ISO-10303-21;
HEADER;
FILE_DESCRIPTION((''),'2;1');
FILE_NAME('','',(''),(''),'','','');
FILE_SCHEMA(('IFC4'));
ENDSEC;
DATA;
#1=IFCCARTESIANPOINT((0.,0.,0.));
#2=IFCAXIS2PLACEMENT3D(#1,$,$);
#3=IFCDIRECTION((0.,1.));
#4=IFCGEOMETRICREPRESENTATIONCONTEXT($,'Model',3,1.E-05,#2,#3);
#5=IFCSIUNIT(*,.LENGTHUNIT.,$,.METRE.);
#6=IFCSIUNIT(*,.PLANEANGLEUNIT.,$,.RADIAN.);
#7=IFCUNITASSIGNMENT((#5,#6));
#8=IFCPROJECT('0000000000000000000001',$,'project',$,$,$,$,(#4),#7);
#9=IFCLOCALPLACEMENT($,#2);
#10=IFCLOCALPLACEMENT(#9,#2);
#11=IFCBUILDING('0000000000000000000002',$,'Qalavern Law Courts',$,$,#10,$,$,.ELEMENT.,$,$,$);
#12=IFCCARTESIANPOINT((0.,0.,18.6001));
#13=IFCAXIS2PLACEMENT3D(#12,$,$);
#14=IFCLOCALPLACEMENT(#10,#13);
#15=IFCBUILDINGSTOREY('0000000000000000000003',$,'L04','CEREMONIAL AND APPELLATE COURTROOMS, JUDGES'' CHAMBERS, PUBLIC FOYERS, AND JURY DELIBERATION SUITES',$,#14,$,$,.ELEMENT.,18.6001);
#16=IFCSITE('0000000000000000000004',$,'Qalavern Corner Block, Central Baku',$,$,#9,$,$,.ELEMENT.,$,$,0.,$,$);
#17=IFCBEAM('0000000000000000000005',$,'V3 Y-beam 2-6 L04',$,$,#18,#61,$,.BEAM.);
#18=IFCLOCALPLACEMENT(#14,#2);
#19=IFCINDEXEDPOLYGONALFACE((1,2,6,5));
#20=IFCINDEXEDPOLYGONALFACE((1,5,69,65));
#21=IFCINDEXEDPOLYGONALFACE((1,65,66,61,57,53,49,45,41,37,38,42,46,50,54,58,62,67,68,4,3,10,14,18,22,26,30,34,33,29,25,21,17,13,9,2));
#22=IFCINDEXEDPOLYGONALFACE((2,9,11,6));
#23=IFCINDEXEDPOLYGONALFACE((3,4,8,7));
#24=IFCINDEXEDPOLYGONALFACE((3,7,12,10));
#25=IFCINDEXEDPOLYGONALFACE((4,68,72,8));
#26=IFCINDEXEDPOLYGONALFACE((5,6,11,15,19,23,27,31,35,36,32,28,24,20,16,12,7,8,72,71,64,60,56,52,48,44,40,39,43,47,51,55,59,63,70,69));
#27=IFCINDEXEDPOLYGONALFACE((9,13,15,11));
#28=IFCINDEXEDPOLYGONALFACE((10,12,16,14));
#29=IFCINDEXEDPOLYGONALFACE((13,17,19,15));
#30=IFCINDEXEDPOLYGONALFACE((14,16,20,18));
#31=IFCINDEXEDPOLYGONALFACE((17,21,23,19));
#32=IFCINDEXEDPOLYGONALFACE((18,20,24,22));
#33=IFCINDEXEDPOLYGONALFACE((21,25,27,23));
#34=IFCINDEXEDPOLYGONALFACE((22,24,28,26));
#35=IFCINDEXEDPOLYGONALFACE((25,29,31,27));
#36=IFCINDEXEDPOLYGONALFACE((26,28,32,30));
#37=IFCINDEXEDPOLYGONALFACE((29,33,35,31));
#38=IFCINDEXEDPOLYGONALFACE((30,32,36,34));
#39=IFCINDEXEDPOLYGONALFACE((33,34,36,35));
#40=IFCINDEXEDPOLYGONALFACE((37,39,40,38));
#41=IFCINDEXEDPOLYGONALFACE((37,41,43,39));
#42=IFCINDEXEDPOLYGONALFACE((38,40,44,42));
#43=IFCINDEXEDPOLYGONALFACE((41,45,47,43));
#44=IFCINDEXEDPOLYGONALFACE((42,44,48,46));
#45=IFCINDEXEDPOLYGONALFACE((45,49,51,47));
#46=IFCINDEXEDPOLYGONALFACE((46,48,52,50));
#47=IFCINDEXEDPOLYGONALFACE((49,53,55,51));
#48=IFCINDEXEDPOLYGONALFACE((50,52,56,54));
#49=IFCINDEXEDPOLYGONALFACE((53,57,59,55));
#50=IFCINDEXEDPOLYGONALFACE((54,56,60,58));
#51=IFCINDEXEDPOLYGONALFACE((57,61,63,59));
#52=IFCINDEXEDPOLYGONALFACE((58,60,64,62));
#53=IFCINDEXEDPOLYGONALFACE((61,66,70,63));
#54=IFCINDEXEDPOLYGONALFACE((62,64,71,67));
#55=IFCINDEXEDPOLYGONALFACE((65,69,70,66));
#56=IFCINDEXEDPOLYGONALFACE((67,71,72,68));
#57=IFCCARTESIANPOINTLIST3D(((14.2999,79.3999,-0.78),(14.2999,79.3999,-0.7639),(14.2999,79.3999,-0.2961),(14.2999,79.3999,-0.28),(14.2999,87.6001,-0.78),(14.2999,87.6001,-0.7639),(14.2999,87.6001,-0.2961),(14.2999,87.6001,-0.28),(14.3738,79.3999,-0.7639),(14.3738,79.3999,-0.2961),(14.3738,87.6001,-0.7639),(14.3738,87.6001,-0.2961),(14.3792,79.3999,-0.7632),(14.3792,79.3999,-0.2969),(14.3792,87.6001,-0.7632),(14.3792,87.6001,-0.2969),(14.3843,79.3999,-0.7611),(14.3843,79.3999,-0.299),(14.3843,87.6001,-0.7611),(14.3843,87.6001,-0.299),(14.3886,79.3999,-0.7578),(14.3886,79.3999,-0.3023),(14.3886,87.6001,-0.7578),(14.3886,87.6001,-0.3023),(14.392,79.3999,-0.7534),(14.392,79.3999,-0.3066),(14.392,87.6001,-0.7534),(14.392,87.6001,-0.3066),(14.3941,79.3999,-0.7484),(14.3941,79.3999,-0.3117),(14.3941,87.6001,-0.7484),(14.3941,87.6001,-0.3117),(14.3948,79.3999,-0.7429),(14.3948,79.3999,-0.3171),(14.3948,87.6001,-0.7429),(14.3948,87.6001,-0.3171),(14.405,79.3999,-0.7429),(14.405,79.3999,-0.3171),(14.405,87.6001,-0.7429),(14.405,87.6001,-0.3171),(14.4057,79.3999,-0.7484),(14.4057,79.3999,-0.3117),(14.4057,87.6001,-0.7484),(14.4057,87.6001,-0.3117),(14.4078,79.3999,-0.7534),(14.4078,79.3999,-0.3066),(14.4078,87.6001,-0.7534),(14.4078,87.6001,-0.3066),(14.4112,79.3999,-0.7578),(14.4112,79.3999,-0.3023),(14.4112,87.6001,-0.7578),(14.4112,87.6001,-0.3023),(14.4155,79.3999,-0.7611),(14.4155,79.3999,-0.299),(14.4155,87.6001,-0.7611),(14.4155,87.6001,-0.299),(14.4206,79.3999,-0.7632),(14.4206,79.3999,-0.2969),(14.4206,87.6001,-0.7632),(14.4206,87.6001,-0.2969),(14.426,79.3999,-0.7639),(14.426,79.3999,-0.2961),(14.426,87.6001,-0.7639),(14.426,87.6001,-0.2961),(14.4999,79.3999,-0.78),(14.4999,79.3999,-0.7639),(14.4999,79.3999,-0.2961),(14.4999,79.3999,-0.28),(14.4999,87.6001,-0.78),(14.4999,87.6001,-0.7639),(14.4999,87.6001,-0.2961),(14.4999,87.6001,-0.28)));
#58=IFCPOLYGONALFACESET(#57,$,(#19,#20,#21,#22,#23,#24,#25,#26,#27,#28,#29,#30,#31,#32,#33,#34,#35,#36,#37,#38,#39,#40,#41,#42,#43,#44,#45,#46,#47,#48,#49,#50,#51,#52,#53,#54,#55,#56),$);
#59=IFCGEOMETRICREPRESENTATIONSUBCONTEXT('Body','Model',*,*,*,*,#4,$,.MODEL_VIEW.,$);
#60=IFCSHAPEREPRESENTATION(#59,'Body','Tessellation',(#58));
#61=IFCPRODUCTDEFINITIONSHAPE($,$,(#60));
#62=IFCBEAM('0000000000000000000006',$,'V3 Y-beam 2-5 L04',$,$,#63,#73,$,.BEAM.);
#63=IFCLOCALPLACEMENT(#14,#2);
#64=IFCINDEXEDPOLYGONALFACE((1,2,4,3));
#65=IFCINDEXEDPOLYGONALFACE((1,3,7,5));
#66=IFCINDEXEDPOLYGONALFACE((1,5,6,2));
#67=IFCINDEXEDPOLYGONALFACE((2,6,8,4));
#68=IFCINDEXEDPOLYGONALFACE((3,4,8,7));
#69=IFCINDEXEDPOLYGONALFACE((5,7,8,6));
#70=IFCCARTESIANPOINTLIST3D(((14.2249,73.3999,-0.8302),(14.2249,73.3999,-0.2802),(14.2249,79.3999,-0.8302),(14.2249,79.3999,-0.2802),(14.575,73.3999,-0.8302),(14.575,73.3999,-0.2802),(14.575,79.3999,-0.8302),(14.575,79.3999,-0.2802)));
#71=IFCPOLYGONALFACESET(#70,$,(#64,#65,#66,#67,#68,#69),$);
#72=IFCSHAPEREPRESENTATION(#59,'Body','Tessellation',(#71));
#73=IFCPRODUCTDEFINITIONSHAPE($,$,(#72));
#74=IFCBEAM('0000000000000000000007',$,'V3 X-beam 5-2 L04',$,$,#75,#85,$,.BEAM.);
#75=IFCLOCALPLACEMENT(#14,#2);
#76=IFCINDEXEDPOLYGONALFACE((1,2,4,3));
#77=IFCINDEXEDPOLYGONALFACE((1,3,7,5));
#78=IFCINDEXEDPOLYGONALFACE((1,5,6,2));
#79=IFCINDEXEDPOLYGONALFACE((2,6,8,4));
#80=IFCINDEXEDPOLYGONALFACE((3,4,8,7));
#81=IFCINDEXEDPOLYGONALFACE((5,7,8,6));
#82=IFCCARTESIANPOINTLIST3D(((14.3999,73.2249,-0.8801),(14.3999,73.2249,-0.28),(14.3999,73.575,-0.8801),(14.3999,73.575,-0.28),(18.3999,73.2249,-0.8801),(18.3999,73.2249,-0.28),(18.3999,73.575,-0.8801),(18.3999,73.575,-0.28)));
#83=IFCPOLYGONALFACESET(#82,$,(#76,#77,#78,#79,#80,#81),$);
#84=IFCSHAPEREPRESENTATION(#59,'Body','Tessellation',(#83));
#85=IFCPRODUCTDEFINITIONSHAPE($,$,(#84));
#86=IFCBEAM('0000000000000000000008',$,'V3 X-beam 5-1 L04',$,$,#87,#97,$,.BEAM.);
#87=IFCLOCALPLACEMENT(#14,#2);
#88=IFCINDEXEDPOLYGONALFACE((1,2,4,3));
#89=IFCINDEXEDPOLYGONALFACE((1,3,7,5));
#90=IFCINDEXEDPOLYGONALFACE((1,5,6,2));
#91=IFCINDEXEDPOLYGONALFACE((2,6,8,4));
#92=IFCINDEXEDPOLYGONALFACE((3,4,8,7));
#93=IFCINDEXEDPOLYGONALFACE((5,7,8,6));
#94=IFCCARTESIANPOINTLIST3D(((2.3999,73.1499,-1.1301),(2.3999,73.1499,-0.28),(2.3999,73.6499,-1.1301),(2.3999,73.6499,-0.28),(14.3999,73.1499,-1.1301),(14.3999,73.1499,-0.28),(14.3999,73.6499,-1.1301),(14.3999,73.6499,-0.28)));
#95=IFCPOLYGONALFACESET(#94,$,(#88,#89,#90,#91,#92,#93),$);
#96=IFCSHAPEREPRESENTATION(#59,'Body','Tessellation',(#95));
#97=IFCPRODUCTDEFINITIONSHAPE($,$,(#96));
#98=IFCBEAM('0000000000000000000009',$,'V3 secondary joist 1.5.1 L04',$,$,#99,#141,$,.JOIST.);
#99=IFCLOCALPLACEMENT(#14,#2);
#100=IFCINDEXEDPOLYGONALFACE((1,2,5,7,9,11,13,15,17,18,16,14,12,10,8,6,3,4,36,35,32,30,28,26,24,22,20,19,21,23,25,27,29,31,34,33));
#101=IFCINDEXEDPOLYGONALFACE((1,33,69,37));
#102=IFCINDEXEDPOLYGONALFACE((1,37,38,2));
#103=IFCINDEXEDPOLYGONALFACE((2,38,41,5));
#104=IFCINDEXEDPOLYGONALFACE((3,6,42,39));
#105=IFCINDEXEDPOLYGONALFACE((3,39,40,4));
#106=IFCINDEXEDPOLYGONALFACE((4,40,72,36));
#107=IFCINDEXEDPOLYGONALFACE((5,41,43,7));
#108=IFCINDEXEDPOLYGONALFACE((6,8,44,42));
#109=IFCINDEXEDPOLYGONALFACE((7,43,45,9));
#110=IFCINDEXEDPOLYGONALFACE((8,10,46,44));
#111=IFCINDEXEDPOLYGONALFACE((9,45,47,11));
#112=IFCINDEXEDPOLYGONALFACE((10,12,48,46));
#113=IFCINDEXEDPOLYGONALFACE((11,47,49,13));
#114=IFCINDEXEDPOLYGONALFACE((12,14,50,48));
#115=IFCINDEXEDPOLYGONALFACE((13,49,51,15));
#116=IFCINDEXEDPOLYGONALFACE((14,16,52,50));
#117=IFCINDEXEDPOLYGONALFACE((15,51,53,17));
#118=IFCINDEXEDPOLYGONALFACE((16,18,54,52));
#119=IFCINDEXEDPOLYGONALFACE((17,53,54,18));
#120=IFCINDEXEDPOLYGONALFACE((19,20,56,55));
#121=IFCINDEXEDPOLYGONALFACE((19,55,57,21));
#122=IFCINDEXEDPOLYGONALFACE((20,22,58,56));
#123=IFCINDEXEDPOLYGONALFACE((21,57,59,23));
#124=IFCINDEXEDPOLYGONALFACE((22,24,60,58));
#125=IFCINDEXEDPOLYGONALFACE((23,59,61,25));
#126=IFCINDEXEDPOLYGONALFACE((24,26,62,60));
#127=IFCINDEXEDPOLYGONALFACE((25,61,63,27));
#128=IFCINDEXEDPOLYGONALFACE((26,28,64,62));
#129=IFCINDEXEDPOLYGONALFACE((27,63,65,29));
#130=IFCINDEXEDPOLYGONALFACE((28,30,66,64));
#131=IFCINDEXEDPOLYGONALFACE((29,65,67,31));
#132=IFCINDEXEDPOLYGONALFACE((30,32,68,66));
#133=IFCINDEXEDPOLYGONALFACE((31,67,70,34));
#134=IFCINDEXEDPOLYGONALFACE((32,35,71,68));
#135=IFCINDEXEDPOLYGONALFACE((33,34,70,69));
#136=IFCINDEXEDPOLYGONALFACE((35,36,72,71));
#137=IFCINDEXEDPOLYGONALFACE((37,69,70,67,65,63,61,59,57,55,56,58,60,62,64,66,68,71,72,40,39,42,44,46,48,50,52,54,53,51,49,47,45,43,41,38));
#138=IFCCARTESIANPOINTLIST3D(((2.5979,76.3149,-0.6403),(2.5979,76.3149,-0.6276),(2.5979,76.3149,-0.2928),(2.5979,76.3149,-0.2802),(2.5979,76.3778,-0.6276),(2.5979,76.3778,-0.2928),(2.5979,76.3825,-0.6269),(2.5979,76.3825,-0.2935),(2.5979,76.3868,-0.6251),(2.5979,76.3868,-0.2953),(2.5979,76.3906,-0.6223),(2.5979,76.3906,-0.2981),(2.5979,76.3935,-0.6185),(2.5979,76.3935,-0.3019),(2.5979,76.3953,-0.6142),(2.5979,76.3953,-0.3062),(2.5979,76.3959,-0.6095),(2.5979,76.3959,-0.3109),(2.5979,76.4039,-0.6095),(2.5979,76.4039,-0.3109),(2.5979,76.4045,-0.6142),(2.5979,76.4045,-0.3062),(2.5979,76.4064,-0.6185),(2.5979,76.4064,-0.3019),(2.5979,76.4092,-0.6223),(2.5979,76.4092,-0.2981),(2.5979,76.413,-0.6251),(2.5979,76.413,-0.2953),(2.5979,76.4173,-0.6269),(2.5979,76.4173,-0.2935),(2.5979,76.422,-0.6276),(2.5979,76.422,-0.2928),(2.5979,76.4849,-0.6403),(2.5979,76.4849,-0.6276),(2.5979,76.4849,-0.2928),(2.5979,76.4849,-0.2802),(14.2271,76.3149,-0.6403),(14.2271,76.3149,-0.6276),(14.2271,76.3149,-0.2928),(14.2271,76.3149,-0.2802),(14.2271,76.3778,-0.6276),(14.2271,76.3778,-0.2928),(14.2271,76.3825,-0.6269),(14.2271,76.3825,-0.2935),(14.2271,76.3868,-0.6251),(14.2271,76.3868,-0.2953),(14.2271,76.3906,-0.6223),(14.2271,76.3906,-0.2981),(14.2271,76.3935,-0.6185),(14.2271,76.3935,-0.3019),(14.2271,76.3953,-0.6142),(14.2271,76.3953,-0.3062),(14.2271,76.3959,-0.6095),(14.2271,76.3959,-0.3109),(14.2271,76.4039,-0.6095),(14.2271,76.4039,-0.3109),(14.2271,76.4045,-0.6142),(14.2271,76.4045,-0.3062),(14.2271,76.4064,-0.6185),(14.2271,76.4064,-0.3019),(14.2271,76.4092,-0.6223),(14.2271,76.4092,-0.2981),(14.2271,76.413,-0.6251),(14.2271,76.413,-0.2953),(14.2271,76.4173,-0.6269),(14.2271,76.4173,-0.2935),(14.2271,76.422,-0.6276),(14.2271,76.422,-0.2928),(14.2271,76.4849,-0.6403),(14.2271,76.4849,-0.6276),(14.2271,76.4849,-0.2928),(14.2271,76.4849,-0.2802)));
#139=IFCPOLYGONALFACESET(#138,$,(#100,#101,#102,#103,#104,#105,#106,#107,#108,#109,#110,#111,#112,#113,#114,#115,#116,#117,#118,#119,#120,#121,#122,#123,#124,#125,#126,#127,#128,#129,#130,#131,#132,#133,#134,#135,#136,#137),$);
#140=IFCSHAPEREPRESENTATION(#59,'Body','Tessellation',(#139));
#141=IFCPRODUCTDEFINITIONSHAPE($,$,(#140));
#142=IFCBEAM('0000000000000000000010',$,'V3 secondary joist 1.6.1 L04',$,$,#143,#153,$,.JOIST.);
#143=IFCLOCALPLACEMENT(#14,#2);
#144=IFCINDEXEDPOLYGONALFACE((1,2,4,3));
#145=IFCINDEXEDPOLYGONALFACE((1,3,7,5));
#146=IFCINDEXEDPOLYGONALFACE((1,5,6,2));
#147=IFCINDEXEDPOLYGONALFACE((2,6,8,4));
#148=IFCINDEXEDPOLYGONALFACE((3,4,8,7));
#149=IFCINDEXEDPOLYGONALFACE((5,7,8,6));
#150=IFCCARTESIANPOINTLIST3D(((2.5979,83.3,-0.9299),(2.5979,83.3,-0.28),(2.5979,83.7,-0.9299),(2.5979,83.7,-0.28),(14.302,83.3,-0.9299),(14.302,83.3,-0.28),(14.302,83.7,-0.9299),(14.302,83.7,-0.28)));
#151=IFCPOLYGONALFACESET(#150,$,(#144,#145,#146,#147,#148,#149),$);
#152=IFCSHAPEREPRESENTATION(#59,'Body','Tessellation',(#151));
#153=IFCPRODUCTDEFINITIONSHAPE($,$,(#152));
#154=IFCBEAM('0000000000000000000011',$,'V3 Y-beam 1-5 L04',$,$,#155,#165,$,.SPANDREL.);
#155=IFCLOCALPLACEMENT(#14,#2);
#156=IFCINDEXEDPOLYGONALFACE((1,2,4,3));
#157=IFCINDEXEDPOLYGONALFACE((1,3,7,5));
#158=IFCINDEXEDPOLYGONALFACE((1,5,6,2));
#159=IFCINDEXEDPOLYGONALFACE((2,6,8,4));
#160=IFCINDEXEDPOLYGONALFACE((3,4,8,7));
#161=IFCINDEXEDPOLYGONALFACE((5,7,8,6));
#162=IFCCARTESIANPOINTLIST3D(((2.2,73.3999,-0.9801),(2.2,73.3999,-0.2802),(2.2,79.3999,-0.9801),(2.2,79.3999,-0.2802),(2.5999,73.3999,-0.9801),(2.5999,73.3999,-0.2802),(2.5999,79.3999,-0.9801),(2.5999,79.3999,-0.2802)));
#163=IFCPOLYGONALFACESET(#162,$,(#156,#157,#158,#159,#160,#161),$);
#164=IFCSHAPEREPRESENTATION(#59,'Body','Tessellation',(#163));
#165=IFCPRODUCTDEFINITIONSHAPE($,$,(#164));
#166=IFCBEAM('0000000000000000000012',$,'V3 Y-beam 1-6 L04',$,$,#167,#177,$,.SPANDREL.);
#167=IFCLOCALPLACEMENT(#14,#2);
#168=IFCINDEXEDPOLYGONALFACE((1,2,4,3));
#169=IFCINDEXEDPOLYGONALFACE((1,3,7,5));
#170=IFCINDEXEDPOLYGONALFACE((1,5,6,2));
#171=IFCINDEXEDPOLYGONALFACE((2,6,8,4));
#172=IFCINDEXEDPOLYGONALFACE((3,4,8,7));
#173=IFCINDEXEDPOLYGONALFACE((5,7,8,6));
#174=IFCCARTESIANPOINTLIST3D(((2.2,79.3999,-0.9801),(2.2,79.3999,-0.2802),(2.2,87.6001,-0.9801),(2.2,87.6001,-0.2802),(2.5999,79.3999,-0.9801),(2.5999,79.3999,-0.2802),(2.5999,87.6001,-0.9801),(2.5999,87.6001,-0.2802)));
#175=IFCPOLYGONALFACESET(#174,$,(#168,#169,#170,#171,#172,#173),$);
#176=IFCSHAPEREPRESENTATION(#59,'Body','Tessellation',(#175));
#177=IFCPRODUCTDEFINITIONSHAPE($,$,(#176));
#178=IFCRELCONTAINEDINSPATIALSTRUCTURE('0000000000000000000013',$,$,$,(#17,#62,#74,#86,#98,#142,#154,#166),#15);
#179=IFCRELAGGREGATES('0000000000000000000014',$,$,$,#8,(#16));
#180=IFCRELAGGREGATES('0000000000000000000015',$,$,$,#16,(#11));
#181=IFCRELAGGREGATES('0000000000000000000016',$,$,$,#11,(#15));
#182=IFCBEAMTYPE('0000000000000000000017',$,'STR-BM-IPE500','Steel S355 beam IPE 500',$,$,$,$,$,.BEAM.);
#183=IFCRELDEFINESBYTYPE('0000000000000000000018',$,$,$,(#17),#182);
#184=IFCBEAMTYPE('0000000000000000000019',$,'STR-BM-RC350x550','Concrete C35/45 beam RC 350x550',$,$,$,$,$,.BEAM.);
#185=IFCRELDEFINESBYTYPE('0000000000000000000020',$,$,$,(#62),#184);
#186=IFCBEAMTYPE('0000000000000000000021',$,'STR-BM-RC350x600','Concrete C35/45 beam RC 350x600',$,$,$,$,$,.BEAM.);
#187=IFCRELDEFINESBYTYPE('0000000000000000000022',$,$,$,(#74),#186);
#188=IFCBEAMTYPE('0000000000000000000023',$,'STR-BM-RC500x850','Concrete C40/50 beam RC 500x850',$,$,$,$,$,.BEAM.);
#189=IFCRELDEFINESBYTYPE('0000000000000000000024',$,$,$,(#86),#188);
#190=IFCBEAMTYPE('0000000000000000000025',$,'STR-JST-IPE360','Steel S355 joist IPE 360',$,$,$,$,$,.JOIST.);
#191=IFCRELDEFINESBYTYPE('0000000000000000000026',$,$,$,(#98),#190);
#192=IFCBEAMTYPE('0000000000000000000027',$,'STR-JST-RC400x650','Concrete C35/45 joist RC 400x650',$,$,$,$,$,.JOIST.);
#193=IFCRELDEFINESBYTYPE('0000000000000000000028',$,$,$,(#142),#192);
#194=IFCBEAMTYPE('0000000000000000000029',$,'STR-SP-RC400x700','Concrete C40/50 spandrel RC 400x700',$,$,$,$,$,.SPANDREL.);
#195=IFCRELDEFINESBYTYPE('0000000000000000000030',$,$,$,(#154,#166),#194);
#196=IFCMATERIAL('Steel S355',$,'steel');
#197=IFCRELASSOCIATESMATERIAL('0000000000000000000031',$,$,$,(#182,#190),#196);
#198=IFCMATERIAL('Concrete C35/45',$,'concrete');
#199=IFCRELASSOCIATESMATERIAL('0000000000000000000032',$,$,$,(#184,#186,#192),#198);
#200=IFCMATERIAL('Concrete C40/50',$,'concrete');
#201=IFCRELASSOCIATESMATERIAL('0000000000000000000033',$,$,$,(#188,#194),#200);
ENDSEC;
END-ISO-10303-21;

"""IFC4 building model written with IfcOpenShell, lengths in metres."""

from ifc_helpers import new_model, si_unit, direction, frame, origin, origin_2d, place, context, subcontext, project, spatial, rectangle, i_section, extrude, material, material_profile, profile_set, type_object, element, save


model = new_model("IFC4")

# Units and contexts
model_context = context("Model", 3, precision=1e-05, world=origin(), true_north=direction((0.0, 1.0)))
body_context = subcontext(model_context, "Body", "Model", "MODEL_VIEW")
ifc_project = project(units=[si_unit("LENGTHUNIT", "METRE"), si_unit("PLANEANGLEUNIT", "RADIAN")], contexts=[model_context])

# Site, building, storey
site_placement = place(None, origin())
site = spatial("IfcSite", under=ifc_project, at=site_placement, Name="Qalavern Corner Block, Central Baku", CompositionType="ELEMENT", RefElevation=0.0)
building_placement = place(site_placement, origin())
building = spatial("IfcBuilding", under=site, at=building_placement, Name="Qalavern Law Courts", CompositionType="ELEMENT")
storey_placement = place(building_placement, frame((0.0, 0.0, 18.6001)))
storey = spatial("IfcBuildingStorey", under=building, at=storey_placement, Name="L04", Description="CEREMONIAL AND APPELLATE COURTROOMS, JUDGES' CHAMBERS, PUBLIC FOYERS, AND JURY DELIBERATION SUITES", CompositionType="ELEMENT", Elevation=18.6001)

# Beams
ifc_material_1 = material(Name="Steel S355", Category="steel")
ifc_material_profile_1 = material_profile(ifc_material_1, i_section(OverallWidth=0.2, OverallDepth=0.5, WebThickness=0.0103, FlangeThickness=0.0161, FilletRadius=0.021, at=origin_2d()), Name="IPE 500")
ifc_profile_set_1 = profile_set([ifc_material_profile_1], Name="Steel S355")
beam_type_1 = type_object("IfcBeamType", Name="STR-BM-IPE500", Description="Steel S355 beam IPE 500", PredefinedType="BEAM", material=ifc_profile_set_1)
beam_1_placement = place(storey_placement, frame((14.3999, 79.3999, -0.53), z_axis=(0.0, 1.0, 0.0), x_axis=(-1.0, 0.0, 0.0)))
element("IfcBeam", 1, at=beam_1_placement, inside=storey, type_object=beam_type_1, Name="V3 Y-beam 2-6 L04", PredefinedType="BEAM", context=body_context, shape_type="SweptSolid", body=[
    extrude(i_section(OverallWidth=0.2, OverallDepth=0.5, WebThickness=0.0103, FlangeThickness=0.0161, FilletRadius=0.021, at=origin_2d()), origin(), (0.0, 0.0, 1.0), 8.2002),
])
ifc_material_2 = material(Name="Concrete C35/45", Category="concrete")
ifc_material_profile_2 = material_profile(ifc_material_2, rectangle(XDim=0.3501, YDim=0.55, at=origin_2d()), Name="RC 350x550")
ifc_profile_set_2 = profile_set([ifc_material_profile_2], Name="Concrete C35/45")
beam_type_2 = type_object("IfcBeamType", Name="STR-BM-RC350x550", Description="Concrete C35/45 beam RC 350x550", PredefinedType="BEAM", material=ifc_profile_set_2)
beam_2_placement = place(storey_placement, frame((14.3999, 73.3999, -0.5552), z_axis=(0.0, 1.0, 0.0), x_axis=(-1.0, 0.0, 0.0)))
element("IfcBeam", 2, at=beam_2_placement, inside=storey, type_object=beam_type_2, Name="V3 Y-beam 2-5 L04", PredefinedType="BEAM", context=body_context, shape_type="SweptSolid", body=[
    extrude(rectangle(XDim=0.3501, YDim=0.55, at=origin_2d()), origin(), (0.0, 0.0, 1.0), 6.0),
])
ifc_material_profile_3 = material_profile(ifc_material_2, rectangle(XDim=0.3501, YDim=0.6001, at=origin_2d()), Name="RC 350x600")
ifc_profile_set_3 = profile_set([ifc_material_profile_3], Name="Concrete C35/45")
beam_type_3 = type_object("IfcBeamType", Name="STR-BM-RC350x600", Description="Concrete C35/45 beam RC 350x600", PredefinedType="BEAM", material=ifc_profile_set_3)
beam_3_placement = place(storey_placement, frame((14.3999, 73.3999, -0.5801), z_axis=(1.0, 0.0, 0.0), x_axis=(0.0, 1.0, 0.0)))
element("IfcBeam", 3, at=beam_3_placement, inside=storey, type_object=beam_type_3, Name="V3 X-beam 5-2 L04", PredefinedType="BEAM", context=body_context, shape_type="SweptSolid", body=[
    extrude(rectangle(XDim=0.3501, YDim=0.6001, at=origin_2d()), origin(), (0.0, 0.0, 1.0), 4.0),
])
ifc_material_3 = material(Name="Concrete C40/50", Category="concrete")
ifc_material_profile_4 = material_profile(ifc_material_3, rectangle(XDim=0.5, YDim=0.8501, at=origin_2d()), Name="RC 500x850")
ifc_profile_set_4 = profile_set([ifc_material_profile_4], Name="Concrete C40/50")
beam_type_4 = type_object("IfcBeamType", Name="STR-BM-RC500x850", Description="Concrete C40/50 beam RC 500x850", PredefinedType="BEAM", material=ifc_profile_set_4)
beam_4_placement = place(storey_placement, frame((2.3999, 73.3999, -0.7051), z_axis=(1.0, 0.0, 0.0), x_axis=(0.0, 1.0, 0.0)))
element("IfcBeam", 4, at=beam_4_placement, inside=storey, type_object=beam_type_4, Name="V3 X-beam 5-1 L04", PredefinedType="BEAM", context=body_context, shape_type="SweptSolid", body=[
    extrude(rectangle(XDim=0.5, YDim=0.8501, at=origin_2d()), origin(), (0.0, 0.0, 1.0), 12.0),
])
ifc_material_profile_5 = material_profile(ifc_material_1, i_section(OverallWidth=0.1699, OverallDepth=0.3601, WebThickness=0.0081, FlangeThickness=0.0127, FilletRadius=0.0181, at=origin_2d()), Name="IPE 360")
ifc_profile_set_5 = profile_set([ifc_material_profile_5], Name="Steel S355")
beam_type_5 = type_object("IfcBeamType", Name="STR-JST-IPE360", Description="Steel S355 joist IPE 360", PredefinedType="JOIST", material=ifc_profile_set_5)
beam_5_placement = place(storey_placement, frame((2.5979, 76.3999, -0.4602), z_axis=(1.0, 0.0, 0.0), x_axis=(0.0, 1.0, 0.0)))
element("IfcBeam", 5, at=beam_5_placement, inside=storey, type_object=beam_type_5, Name="V3 secondary joist 1.5.1 L04", PredefinedType="JOIST", context=body_context, shape_type="SweptSolid", body=[
    extrude(i_section(OverallWidth=0.1699, OverallDepth=0.3601, WebThickness=0.0081, FlangeThickness=0.0127, FilletRadius=0.0181, at=origin_2d()), origin(), (0.0, 0.0, 1.0), 11.6292),
])
ifc_material_profile_6 = material_profile(ifc_material_2, rectangle(XDim=0.3999, YDim=0.6499, at=origin_2d()), Name="RC 400x650")
ifc_profile_set_6 = profile_set([ifc_material_profile_6], Name="Concrete C35/45")
beam_type_6 = type_object("IfcBeamType", Name="STR-JST-RC400x650", Description="Concrete C35/45 joist RC 400x650", PredefinedType="JOIST", material=ifc_profile_set_6)
beam_6_placement = place(storey_placement, frame((2.5979, 83.5, -0.605), z_axis=(1.0, 0.0, 0.0), x_axis=(0.0, 1.0, 0.0)))
element("IfcBeam", 6, at=beam_6_placement, inside=storey, type_object=beam_type_6, Name="V3 secondary joist 1.6.1 L04", PredefinedType="JOIST", context=body_context, shape_type="SweptSolid", body=[
    extrude(rectangle(XDim=0.3999, YDim=0.6499, at=origin_2d()), origin(), (0.0, 0.0, 1.0), 11.7041),
])
ifc_material_profile_7 = material_profile(ifc_material_3, rectangle(XDim=0.3999, YDim=0.7, at=origin_2d()), Name="RC 400x700")
ifc_profile_set_7 = profile_set([ifc_material_profile_7], Name="Concrete C40/50")
beam_type_7 = type_object("IfcBeamType", Name="STR-SP-RC400x700", Description="Concrete C40/50 spandrel RC 400x700", PredefinedType="SPANDREL", material=ifc_profile_set_7)
beam_7_placement = place(storey_placement, frame((2.3999, 73.3999, -0.6301), z_axis=(0.0, 1.0, 0.0), x_axis=(-1.0, 0.0, 0.0)))
element("IfcBeam", 7, at=beam_7_placement, inside=storey, type_object=beam_type_7, Name="V3 Y-beam 1-5 L04", PredefinedType="SPANDREL", context=body_context, shape_type="SweptSolid", body=[
    extrude(rectangle(XDim=0.3999, YDim=0.7, at=origin_2d()), origin(), (0.0, 0.0, 1.0), 6.0),
])
beam_8_placement = place(storey_placement, frame((2.3999, 79.3999, -0.6301), z_axis=(0.0, 1.0, 0.0), x_axis=(-1.0, 0.0, 0.0)))
element("IfcBeam", 8, at=beam_8_placement, inside=storey, type_object=beam_type_7, Name="V3 Y-beam 1-6 L04", PredefinedType="SPANDREL", context=body_context, shape_type="SweptSolid", body=[
    extrude(rectangle(XDim=0.3999, YDim=0.7, at=origin_2d()), origin(), (0.0, 0.0, 1.0), 8.2002),
])

save(model, "model.ifc")
